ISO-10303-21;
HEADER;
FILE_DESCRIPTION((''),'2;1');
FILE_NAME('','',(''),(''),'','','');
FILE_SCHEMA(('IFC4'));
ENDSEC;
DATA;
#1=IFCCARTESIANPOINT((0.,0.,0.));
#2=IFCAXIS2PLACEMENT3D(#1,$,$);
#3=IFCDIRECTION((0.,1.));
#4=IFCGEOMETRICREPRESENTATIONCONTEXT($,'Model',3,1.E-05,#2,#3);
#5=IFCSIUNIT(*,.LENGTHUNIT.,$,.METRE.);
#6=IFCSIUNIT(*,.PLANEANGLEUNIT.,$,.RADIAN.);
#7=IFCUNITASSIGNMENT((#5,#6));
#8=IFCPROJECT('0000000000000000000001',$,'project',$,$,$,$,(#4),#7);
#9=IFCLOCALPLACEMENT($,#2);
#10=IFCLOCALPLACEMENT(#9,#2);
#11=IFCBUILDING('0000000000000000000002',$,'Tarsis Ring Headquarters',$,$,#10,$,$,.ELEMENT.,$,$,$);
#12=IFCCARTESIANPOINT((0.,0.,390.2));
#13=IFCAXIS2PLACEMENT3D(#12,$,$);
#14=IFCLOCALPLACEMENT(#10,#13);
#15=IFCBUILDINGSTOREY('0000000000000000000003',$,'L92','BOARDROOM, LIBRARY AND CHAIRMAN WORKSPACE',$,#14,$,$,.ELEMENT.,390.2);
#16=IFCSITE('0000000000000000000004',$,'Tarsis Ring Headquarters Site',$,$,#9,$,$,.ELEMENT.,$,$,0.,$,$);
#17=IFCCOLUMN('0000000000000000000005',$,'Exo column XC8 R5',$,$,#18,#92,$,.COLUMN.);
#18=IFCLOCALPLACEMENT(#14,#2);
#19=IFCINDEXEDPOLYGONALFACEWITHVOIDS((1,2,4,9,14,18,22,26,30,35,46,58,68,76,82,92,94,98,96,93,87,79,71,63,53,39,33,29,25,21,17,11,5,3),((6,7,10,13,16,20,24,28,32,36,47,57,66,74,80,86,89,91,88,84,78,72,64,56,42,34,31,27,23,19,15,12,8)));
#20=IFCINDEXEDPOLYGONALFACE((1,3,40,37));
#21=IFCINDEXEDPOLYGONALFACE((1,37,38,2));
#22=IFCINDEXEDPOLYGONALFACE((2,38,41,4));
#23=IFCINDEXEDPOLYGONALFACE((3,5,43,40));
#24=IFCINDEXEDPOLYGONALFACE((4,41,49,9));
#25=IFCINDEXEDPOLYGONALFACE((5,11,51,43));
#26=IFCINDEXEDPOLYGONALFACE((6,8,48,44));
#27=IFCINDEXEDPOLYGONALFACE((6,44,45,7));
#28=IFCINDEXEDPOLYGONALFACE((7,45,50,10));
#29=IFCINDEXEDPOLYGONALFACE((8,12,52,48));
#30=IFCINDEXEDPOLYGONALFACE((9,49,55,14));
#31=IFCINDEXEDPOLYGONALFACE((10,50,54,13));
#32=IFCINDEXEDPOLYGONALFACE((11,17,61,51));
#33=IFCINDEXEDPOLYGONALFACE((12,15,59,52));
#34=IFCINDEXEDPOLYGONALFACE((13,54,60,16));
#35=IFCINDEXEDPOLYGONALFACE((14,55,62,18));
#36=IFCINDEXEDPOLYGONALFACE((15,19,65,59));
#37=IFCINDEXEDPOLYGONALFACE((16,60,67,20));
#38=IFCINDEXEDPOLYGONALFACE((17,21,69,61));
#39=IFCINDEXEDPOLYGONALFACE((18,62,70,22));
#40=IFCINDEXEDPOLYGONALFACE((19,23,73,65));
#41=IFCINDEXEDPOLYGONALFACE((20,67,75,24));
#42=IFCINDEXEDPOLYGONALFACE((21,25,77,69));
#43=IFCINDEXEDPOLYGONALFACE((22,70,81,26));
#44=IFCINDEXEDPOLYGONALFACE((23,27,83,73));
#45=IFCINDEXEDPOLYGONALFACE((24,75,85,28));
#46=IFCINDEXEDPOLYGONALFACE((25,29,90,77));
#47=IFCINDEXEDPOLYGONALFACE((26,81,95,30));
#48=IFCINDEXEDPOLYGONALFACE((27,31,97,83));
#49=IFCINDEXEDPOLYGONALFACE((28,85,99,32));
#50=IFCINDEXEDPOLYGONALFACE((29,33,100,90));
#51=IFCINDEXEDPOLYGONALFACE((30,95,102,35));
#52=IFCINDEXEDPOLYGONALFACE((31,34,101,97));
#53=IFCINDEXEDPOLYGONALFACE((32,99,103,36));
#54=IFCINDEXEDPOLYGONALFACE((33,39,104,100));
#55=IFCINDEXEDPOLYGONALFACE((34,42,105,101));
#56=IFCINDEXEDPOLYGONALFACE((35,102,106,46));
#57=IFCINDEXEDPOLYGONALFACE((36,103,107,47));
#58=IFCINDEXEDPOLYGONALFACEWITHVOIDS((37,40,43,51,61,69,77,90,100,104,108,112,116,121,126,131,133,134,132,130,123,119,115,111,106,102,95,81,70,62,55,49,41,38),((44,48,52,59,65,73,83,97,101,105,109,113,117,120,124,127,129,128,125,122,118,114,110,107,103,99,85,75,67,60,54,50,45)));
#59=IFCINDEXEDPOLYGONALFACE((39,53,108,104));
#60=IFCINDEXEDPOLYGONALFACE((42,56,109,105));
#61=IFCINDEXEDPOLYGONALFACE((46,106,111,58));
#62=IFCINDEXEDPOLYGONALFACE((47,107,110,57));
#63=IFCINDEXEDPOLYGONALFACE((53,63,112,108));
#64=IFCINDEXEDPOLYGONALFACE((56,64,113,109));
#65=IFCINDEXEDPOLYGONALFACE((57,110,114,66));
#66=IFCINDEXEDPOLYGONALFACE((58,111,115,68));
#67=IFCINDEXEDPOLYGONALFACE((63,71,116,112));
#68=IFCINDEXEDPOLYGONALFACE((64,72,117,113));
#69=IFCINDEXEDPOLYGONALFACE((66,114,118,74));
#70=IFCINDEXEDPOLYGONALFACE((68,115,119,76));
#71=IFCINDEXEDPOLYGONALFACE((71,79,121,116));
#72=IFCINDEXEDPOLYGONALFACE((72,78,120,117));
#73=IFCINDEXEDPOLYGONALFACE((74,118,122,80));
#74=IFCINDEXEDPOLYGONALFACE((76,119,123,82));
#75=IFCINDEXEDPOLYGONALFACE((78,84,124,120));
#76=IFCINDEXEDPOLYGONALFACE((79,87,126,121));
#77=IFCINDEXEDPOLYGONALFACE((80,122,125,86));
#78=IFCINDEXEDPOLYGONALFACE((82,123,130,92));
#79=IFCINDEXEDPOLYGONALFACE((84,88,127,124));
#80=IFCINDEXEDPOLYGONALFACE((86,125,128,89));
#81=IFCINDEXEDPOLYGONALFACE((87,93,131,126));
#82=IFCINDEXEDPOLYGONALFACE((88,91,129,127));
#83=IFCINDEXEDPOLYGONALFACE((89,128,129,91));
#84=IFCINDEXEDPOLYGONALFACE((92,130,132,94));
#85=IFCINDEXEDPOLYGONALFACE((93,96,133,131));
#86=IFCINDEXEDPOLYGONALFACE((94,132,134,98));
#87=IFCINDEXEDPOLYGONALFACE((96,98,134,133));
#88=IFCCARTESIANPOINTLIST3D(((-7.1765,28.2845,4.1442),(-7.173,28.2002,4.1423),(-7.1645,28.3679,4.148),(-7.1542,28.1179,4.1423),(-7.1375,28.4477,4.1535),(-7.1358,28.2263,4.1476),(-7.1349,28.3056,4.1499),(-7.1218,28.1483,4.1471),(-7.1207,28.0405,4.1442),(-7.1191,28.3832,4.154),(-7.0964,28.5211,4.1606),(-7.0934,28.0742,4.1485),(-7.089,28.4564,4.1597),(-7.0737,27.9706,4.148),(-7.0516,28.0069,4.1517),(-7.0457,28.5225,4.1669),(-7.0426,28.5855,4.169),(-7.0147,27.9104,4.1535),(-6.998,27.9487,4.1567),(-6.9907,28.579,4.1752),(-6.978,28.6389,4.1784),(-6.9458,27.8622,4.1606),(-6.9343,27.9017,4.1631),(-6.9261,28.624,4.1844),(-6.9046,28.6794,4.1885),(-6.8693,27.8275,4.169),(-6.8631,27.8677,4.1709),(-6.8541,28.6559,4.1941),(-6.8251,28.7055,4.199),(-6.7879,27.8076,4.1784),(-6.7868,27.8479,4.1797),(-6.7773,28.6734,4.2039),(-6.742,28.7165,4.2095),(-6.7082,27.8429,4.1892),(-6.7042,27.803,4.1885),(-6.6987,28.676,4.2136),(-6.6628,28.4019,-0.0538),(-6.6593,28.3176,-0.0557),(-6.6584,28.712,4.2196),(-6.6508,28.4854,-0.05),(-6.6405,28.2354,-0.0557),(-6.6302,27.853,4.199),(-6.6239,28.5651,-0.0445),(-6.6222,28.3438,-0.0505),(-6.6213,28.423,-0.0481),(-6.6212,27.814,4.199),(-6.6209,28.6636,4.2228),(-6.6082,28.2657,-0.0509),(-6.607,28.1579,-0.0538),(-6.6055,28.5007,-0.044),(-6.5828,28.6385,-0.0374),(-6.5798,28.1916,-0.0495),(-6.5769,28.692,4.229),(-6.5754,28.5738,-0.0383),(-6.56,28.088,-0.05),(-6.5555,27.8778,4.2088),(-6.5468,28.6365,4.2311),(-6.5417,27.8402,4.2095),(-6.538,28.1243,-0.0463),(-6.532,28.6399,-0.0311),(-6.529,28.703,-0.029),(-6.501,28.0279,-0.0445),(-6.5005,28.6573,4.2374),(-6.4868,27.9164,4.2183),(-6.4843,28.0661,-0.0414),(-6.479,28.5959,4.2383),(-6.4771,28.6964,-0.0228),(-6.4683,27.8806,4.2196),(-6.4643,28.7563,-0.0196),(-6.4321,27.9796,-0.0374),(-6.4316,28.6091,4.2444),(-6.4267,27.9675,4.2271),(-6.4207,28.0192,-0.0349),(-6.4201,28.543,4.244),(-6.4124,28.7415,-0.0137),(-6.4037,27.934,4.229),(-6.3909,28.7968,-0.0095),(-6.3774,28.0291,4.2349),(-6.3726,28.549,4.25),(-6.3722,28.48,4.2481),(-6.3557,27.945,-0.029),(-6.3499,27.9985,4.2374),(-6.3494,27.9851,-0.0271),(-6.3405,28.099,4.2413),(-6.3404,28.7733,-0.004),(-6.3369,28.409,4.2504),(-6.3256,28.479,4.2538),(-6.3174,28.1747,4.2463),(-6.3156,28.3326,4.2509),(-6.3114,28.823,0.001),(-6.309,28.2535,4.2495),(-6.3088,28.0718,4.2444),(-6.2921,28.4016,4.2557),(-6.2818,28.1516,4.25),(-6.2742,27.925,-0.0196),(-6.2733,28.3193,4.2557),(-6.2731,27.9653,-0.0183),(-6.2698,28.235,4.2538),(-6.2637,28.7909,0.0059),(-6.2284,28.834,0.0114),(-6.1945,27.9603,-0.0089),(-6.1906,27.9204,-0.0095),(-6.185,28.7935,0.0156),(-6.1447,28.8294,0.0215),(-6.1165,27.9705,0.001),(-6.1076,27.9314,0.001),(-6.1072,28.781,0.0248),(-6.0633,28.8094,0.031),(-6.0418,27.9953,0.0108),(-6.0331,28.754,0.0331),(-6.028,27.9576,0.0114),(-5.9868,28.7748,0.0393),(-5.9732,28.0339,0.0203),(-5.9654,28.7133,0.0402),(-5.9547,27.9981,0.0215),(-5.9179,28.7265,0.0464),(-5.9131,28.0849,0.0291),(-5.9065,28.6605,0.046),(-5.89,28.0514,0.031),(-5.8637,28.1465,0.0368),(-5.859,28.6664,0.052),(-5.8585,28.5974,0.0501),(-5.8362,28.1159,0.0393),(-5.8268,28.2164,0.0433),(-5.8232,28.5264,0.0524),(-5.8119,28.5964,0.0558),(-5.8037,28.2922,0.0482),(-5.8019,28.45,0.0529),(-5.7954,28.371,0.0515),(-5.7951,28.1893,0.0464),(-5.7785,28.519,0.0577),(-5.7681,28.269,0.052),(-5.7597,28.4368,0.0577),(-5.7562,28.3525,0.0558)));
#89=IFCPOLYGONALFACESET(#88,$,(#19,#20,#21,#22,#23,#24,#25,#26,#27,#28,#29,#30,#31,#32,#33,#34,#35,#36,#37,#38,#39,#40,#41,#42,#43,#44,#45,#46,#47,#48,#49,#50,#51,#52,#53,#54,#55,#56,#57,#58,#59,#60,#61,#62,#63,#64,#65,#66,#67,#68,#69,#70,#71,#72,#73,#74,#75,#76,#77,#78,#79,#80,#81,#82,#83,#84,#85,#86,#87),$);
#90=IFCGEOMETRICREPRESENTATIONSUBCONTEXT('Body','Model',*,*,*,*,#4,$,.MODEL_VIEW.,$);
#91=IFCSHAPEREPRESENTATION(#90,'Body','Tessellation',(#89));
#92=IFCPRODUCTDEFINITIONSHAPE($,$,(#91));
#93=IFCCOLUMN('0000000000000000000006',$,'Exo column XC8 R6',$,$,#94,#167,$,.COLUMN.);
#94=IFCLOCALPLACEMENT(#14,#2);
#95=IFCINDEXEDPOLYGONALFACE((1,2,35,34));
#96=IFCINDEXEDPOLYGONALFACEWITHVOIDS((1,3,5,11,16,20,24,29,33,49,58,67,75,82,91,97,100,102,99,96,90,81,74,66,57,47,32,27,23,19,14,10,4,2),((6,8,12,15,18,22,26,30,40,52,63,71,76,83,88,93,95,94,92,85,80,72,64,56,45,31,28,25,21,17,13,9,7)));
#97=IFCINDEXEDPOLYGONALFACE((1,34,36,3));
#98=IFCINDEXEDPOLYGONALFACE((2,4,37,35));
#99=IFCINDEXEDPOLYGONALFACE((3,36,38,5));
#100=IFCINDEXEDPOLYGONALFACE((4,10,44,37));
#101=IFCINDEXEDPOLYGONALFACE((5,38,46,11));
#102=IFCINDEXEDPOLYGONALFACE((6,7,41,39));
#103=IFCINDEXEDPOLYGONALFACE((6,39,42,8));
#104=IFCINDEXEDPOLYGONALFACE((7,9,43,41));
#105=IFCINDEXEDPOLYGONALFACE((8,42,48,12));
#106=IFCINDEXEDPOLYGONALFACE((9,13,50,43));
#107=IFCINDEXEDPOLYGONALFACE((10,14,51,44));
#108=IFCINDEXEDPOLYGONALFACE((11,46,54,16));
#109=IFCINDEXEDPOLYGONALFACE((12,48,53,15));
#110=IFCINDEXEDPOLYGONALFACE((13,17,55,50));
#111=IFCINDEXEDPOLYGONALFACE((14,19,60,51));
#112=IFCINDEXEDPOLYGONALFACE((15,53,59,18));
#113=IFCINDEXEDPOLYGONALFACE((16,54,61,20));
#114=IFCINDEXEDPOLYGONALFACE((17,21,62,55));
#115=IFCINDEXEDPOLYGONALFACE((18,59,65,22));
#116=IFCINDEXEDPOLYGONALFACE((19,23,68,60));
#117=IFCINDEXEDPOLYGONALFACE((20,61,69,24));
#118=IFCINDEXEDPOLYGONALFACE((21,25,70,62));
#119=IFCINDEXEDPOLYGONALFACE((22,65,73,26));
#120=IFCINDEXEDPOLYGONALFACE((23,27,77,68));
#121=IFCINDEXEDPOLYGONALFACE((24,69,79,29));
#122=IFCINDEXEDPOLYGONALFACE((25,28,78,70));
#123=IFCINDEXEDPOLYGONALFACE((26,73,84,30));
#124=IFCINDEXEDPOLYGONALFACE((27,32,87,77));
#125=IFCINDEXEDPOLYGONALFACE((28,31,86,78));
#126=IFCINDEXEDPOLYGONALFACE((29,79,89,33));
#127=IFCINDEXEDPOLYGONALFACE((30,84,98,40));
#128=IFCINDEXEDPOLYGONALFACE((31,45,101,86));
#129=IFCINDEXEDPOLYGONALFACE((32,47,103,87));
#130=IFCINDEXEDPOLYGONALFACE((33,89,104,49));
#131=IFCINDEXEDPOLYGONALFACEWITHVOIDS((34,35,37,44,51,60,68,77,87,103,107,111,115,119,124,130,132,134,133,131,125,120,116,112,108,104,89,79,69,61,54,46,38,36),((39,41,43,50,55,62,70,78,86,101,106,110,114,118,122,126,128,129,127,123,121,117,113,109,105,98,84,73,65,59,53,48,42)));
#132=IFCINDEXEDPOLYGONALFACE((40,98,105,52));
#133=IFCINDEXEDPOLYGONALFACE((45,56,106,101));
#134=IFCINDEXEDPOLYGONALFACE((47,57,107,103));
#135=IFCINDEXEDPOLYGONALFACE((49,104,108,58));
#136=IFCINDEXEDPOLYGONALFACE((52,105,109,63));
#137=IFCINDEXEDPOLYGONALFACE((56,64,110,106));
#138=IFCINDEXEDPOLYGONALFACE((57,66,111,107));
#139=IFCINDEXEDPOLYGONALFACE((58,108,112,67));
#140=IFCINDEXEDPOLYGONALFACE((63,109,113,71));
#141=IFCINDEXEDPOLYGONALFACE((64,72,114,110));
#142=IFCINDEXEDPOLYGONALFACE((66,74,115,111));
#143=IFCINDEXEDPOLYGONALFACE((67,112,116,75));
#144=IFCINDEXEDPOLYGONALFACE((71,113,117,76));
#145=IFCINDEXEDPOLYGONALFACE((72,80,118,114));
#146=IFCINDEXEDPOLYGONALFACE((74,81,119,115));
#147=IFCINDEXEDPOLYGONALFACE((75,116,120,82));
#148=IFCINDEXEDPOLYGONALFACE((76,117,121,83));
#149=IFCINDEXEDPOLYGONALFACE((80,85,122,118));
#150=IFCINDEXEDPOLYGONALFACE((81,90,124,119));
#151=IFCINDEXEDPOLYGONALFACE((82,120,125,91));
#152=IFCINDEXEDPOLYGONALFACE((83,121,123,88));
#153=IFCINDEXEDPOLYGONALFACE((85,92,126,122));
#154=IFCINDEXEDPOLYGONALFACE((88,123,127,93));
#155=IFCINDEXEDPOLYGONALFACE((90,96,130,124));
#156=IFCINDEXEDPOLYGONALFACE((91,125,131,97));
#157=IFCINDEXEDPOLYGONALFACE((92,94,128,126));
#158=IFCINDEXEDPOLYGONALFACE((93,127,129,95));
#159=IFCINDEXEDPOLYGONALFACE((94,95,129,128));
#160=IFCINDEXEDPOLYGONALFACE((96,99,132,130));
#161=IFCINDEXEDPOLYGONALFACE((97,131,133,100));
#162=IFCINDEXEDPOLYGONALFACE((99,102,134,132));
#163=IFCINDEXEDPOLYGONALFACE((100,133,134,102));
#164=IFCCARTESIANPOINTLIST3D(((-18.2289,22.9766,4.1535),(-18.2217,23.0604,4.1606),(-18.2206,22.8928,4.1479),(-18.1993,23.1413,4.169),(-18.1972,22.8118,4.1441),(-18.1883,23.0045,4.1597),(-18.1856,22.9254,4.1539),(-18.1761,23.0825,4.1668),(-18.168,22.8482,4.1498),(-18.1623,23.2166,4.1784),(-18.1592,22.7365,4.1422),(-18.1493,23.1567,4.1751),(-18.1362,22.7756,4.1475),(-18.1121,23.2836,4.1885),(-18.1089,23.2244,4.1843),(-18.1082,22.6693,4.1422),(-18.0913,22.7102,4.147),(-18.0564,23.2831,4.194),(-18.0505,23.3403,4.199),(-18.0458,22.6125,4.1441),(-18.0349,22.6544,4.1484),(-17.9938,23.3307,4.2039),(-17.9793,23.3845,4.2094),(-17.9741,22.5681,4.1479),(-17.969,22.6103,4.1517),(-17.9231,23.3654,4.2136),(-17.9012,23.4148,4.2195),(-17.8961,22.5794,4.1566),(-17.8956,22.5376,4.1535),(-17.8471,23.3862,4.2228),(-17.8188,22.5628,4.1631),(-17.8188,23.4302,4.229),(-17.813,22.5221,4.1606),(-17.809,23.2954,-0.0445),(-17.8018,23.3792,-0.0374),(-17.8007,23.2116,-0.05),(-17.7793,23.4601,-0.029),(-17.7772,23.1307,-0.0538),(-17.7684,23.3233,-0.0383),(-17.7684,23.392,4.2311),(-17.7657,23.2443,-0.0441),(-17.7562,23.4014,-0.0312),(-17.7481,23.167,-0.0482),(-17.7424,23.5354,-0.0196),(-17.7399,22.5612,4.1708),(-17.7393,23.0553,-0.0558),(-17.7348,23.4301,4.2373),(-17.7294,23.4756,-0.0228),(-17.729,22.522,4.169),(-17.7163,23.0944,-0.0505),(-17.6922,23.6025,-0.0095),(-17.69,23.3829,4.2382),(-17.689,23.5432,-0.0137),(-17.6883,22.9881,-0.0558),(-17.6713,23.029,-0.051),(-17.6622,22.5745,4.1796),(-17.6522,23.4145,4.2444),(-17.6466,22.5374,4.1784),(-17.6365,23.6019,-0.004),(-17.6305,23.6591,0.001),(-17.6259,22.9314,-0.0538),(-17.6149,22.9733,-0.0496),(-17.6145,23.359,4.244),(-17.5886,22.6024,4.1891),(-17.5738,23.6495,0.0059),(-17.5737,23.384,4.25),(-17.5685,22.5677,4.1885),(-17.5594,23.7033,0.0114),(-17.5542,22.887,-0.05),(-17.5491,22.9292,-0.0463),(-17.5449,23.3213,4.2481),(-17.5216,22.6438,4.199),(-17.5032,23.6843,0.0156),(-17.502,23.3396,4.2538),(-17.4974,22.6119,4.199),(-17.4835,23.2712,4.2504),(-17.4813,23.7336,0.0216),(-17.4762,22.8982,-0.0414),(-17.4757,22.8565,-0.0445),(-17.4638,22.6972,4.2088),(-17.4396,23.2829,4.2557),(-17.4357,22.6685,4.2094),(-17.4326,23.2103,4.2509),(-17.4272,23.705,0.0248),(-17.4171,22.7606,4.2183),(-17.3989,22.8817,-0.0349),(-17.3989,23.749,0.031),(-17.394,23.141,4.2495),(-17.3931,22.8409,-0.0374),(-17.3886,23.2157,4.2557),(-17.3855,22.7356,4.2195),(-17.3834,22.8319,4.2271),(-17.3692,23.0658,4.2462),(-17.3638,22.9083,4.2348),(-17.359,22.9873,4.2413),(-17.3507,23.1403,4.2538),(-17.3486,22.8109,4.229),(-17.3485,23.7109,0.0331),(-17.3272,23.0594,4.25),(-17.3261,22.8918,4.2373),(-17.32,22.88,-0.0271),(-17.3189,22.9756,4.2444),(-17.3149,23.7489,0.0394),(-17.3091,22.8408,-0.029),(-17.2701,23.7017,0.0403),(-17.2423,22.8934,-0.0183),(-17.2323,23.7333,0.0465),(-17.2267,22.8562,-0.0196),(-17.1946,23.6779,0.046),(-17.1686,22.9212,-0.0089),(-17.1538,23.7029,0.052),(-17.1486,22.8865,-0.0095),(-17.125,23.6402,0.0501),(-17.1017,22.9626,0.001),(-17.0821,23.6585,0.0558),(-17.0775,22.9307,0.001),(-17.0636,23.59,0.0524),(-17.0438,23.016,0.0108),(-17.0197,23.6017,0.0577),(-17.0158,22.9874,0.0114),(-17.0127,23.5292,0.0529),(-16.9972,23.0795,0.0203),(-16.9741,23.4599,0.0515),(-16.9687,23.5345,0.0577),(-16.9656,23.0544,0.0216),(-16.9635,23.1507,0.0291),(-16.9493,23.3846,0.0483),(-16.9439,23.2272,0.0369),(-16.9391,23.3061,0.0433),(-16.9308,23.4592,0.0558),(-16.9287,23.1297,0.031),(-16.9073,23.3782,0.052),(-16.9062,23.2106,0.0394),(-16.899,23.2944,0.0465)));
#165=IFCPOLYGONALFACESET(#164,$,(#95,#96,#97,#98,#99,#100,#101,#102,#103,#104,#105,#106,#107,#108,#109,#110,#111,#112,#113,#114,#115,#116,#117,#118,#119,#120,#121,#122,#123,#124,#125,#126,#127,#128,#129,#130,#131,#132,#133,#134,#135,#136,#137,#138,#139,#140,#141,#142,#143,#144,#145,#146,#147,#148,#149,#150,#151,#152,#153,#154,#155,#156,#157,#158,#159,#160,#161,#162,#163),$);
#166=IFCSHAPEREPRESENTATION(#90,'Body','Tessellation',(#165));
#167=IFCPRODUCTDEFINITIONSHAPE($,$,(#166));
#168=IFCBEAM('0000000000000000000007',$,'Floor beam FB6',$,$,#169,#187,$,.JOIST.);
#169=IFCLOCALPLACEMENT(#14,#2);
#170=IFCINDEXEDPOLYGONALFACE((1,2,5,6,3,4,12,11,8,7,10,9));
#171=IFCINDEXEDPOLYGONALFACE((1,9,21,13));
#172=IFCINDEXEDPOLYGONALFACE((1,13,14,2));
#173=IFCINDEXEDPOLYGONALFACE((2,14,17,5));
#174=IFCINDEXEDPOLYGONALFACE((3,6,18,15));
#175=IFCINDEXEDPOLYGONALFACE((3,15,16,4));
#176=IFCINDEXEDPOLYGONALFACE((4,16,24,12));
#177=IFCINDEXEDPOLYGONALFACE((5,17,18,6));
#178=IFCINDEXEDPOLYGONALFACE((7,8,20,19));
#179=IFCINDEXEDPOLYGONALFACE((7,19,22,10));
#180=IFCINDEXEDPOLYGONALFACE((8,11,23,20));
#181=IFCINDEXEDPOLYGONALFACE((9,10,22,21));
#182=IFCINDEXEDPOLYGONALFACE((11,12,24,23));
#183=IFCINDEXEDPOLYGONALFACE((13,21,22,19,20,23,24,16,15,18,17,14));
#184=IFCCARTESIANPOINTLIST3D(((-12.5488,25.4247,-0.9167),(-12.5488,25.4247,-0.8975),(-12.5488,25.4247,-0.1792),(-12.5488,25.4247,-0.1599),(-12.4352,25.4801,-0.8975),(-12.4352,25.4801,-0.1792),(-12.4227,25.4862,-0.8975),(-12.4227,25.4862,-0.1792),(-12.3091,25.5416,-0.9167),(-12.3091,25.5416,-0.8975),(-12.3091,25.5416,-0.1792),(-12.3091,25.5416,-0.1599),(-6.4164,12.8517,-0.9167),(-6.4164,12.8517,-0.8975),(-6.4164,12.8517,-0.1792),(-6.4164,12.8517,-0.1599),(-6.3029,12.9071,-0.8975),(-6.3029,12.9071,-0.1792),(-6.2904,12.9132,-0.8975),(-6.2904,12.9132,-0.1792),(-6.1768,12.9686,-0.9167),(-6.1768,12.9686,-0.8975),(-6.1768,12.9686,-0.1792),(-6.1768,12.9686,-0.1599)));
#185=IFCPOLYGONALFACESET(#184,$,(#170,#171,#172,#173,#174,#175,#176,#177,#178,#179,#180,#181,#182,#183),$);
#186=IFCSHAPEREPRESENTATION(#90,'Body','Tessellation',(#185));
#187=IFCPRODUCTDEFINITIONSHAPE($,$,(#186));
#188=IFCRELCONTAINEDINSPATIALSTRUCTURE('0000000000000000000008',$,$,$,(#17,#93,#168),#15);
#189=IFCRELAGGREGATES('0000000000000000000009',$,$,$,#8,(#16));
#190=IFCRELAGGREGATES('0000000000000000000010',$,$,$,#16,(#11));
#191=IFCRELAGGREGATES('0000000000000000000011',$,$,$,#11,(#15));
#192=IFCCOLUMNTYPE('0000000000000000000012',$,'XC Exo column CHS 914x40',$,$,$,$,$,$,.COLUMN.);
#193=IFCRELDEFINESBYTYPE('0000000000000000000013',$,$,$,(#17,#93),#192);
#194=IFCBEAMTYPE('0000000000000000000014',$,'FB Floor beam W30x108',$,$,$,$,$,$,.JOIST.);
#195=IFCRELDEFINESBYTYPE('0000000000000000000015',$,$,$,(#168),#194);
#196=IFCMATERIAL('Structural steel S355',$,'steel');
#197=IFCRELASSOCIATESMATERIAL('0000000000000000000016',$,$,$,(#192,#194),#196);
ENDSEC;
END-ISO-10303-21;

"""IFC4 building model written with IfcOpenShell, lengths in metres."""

from ifc_helpers import new_model, si_unit, direction, frame, origin, origin_2d, place, context, subcontext, project, spatial, hollow_circle, i_section, extrude, material, material_profile, profile_set, type_object, element, save


model = new_model("IFC4")

# Units and contexts
model_context = context("Model", 3, precision=1e-05, world=origin(), true_north=direction((0.0, 1.0)))
body_context = subcontext(model_context, "Body", "Model", "MODEL_VIEW")
ifc_project = project(units=[si_unit("LENGTHUNIT", "METRE"), si_unit("PLANEANGLEUNIT", "RADIAN")], contexts=[model_context])

# Site, building, storey
site_placement = place(None, origin())
site = spatial("IfcSite", under=ifc_project, at=site_placement, Name="Tarsis Ring Headquarters Site", CompositionType="ELEMENT", RefElevation=0.0)
building_placement = place(site_placement, origin())
building = spatial("IfcBuilding", under=site, at=building_placement, Name="Tarsis Ring Headquarters", CompositionType="ELEMENT")
storey_placement = place(building_placement, frame((0.0, 0.0, 390.2)))
storey = spatial("IfcBuildingStorey", under=building, at=storey_placement, Name="L92", Description="BOARDROOM, LIBRARY AND CHAIRMAN WORKSPACE", CompositionType="ELEMENT", Elevation=390.2)

# Columns
ifc_material_1 = material(Name="Structural steel S355", Category="steel")
ifc_material_profile_1 = material_profile(ifc_material_1, hollow_circle(Radius=0.457, WallThickness=0.04, at=origin_2d()), Name="CHS 914x40")
ifc_profile_set_1 = profile_set([ifc_material_profile_1], Name="Structural steel S355")
column_type = type_object("IfcColumnType", Name="XC Exo column CHS 914x40", PredefinedType="COLUMN", material=ifc_profile_set_1)
for number, where, z_axis, x_axis, name in (
    (1, (-6.2095, 28.3772, 0.001), (-0.121409, -0.027755, 0.992214), (0.222863, -0.97485, 0.0), "Exo column XC8 R5"),
    (2, (-17.354, 23.2949, 0.001), (-0.099249, -0.07536, 0.992205), (0.604731, -0.79643, 0.0), "Exo column XC8 R6"),
):
    element("IfcColumn", number, at=place(storey_placement, frame(where, z_axis=z_axis, x_axis=x_axis)), inside=storey, type_object=column_type, Name=name, PredefinedType="COLUMN", context=body_context, shape_type="SweptSolid", body=[
        extrude(hollow_circle(Radius=0.4573, WallThickness=0.04, at=origin_2d()), origin(), (0.0, 0.0, 1.0), 4.231),
    ])

# Beam
ifc_material_profile_2 = material_profile(ifc_material_1, i_section(OverallWidth=0.2666, OverallDepth=0.7568, WebThickness=0.0139, FlangeThickness=0.0193, at=origin_2d()), Name="W30x108")
ifc_profile_set_2 = profile_set([ifc_material_profile_2], Name="Structural steel S355")
beam_type_1 = type_object("IfcBeamType", Name="FB Floor beam W30x108", PredefinedType="JOIST", material=ifc_profile_set_2)
beam_1_placement = place(storey_placement, frame((-12.429, 25.4832, -0.5383), z_axis=(0.438375, -0.898792, 0.0), x_axis=(0.898792, 0.438375, 0.0)))
element("IfcBeam", 3, at=beam_1_placement, inside=storey, type_object=beam_type_1, Name="Floor beam FB6", PredefinedType="JOIST", context=body_context, shape_type="SweptSolid", body=[
    extrude(i_section(OverallWidth=0.2666, OverallDepth=0.7568, WebThickness=0.0139, FlangeThickness=0.0193, at=origin_2d()), origin(), (0.0, 0.0, 1.0), 13.9888),
])

save(model, "model.ifc")
